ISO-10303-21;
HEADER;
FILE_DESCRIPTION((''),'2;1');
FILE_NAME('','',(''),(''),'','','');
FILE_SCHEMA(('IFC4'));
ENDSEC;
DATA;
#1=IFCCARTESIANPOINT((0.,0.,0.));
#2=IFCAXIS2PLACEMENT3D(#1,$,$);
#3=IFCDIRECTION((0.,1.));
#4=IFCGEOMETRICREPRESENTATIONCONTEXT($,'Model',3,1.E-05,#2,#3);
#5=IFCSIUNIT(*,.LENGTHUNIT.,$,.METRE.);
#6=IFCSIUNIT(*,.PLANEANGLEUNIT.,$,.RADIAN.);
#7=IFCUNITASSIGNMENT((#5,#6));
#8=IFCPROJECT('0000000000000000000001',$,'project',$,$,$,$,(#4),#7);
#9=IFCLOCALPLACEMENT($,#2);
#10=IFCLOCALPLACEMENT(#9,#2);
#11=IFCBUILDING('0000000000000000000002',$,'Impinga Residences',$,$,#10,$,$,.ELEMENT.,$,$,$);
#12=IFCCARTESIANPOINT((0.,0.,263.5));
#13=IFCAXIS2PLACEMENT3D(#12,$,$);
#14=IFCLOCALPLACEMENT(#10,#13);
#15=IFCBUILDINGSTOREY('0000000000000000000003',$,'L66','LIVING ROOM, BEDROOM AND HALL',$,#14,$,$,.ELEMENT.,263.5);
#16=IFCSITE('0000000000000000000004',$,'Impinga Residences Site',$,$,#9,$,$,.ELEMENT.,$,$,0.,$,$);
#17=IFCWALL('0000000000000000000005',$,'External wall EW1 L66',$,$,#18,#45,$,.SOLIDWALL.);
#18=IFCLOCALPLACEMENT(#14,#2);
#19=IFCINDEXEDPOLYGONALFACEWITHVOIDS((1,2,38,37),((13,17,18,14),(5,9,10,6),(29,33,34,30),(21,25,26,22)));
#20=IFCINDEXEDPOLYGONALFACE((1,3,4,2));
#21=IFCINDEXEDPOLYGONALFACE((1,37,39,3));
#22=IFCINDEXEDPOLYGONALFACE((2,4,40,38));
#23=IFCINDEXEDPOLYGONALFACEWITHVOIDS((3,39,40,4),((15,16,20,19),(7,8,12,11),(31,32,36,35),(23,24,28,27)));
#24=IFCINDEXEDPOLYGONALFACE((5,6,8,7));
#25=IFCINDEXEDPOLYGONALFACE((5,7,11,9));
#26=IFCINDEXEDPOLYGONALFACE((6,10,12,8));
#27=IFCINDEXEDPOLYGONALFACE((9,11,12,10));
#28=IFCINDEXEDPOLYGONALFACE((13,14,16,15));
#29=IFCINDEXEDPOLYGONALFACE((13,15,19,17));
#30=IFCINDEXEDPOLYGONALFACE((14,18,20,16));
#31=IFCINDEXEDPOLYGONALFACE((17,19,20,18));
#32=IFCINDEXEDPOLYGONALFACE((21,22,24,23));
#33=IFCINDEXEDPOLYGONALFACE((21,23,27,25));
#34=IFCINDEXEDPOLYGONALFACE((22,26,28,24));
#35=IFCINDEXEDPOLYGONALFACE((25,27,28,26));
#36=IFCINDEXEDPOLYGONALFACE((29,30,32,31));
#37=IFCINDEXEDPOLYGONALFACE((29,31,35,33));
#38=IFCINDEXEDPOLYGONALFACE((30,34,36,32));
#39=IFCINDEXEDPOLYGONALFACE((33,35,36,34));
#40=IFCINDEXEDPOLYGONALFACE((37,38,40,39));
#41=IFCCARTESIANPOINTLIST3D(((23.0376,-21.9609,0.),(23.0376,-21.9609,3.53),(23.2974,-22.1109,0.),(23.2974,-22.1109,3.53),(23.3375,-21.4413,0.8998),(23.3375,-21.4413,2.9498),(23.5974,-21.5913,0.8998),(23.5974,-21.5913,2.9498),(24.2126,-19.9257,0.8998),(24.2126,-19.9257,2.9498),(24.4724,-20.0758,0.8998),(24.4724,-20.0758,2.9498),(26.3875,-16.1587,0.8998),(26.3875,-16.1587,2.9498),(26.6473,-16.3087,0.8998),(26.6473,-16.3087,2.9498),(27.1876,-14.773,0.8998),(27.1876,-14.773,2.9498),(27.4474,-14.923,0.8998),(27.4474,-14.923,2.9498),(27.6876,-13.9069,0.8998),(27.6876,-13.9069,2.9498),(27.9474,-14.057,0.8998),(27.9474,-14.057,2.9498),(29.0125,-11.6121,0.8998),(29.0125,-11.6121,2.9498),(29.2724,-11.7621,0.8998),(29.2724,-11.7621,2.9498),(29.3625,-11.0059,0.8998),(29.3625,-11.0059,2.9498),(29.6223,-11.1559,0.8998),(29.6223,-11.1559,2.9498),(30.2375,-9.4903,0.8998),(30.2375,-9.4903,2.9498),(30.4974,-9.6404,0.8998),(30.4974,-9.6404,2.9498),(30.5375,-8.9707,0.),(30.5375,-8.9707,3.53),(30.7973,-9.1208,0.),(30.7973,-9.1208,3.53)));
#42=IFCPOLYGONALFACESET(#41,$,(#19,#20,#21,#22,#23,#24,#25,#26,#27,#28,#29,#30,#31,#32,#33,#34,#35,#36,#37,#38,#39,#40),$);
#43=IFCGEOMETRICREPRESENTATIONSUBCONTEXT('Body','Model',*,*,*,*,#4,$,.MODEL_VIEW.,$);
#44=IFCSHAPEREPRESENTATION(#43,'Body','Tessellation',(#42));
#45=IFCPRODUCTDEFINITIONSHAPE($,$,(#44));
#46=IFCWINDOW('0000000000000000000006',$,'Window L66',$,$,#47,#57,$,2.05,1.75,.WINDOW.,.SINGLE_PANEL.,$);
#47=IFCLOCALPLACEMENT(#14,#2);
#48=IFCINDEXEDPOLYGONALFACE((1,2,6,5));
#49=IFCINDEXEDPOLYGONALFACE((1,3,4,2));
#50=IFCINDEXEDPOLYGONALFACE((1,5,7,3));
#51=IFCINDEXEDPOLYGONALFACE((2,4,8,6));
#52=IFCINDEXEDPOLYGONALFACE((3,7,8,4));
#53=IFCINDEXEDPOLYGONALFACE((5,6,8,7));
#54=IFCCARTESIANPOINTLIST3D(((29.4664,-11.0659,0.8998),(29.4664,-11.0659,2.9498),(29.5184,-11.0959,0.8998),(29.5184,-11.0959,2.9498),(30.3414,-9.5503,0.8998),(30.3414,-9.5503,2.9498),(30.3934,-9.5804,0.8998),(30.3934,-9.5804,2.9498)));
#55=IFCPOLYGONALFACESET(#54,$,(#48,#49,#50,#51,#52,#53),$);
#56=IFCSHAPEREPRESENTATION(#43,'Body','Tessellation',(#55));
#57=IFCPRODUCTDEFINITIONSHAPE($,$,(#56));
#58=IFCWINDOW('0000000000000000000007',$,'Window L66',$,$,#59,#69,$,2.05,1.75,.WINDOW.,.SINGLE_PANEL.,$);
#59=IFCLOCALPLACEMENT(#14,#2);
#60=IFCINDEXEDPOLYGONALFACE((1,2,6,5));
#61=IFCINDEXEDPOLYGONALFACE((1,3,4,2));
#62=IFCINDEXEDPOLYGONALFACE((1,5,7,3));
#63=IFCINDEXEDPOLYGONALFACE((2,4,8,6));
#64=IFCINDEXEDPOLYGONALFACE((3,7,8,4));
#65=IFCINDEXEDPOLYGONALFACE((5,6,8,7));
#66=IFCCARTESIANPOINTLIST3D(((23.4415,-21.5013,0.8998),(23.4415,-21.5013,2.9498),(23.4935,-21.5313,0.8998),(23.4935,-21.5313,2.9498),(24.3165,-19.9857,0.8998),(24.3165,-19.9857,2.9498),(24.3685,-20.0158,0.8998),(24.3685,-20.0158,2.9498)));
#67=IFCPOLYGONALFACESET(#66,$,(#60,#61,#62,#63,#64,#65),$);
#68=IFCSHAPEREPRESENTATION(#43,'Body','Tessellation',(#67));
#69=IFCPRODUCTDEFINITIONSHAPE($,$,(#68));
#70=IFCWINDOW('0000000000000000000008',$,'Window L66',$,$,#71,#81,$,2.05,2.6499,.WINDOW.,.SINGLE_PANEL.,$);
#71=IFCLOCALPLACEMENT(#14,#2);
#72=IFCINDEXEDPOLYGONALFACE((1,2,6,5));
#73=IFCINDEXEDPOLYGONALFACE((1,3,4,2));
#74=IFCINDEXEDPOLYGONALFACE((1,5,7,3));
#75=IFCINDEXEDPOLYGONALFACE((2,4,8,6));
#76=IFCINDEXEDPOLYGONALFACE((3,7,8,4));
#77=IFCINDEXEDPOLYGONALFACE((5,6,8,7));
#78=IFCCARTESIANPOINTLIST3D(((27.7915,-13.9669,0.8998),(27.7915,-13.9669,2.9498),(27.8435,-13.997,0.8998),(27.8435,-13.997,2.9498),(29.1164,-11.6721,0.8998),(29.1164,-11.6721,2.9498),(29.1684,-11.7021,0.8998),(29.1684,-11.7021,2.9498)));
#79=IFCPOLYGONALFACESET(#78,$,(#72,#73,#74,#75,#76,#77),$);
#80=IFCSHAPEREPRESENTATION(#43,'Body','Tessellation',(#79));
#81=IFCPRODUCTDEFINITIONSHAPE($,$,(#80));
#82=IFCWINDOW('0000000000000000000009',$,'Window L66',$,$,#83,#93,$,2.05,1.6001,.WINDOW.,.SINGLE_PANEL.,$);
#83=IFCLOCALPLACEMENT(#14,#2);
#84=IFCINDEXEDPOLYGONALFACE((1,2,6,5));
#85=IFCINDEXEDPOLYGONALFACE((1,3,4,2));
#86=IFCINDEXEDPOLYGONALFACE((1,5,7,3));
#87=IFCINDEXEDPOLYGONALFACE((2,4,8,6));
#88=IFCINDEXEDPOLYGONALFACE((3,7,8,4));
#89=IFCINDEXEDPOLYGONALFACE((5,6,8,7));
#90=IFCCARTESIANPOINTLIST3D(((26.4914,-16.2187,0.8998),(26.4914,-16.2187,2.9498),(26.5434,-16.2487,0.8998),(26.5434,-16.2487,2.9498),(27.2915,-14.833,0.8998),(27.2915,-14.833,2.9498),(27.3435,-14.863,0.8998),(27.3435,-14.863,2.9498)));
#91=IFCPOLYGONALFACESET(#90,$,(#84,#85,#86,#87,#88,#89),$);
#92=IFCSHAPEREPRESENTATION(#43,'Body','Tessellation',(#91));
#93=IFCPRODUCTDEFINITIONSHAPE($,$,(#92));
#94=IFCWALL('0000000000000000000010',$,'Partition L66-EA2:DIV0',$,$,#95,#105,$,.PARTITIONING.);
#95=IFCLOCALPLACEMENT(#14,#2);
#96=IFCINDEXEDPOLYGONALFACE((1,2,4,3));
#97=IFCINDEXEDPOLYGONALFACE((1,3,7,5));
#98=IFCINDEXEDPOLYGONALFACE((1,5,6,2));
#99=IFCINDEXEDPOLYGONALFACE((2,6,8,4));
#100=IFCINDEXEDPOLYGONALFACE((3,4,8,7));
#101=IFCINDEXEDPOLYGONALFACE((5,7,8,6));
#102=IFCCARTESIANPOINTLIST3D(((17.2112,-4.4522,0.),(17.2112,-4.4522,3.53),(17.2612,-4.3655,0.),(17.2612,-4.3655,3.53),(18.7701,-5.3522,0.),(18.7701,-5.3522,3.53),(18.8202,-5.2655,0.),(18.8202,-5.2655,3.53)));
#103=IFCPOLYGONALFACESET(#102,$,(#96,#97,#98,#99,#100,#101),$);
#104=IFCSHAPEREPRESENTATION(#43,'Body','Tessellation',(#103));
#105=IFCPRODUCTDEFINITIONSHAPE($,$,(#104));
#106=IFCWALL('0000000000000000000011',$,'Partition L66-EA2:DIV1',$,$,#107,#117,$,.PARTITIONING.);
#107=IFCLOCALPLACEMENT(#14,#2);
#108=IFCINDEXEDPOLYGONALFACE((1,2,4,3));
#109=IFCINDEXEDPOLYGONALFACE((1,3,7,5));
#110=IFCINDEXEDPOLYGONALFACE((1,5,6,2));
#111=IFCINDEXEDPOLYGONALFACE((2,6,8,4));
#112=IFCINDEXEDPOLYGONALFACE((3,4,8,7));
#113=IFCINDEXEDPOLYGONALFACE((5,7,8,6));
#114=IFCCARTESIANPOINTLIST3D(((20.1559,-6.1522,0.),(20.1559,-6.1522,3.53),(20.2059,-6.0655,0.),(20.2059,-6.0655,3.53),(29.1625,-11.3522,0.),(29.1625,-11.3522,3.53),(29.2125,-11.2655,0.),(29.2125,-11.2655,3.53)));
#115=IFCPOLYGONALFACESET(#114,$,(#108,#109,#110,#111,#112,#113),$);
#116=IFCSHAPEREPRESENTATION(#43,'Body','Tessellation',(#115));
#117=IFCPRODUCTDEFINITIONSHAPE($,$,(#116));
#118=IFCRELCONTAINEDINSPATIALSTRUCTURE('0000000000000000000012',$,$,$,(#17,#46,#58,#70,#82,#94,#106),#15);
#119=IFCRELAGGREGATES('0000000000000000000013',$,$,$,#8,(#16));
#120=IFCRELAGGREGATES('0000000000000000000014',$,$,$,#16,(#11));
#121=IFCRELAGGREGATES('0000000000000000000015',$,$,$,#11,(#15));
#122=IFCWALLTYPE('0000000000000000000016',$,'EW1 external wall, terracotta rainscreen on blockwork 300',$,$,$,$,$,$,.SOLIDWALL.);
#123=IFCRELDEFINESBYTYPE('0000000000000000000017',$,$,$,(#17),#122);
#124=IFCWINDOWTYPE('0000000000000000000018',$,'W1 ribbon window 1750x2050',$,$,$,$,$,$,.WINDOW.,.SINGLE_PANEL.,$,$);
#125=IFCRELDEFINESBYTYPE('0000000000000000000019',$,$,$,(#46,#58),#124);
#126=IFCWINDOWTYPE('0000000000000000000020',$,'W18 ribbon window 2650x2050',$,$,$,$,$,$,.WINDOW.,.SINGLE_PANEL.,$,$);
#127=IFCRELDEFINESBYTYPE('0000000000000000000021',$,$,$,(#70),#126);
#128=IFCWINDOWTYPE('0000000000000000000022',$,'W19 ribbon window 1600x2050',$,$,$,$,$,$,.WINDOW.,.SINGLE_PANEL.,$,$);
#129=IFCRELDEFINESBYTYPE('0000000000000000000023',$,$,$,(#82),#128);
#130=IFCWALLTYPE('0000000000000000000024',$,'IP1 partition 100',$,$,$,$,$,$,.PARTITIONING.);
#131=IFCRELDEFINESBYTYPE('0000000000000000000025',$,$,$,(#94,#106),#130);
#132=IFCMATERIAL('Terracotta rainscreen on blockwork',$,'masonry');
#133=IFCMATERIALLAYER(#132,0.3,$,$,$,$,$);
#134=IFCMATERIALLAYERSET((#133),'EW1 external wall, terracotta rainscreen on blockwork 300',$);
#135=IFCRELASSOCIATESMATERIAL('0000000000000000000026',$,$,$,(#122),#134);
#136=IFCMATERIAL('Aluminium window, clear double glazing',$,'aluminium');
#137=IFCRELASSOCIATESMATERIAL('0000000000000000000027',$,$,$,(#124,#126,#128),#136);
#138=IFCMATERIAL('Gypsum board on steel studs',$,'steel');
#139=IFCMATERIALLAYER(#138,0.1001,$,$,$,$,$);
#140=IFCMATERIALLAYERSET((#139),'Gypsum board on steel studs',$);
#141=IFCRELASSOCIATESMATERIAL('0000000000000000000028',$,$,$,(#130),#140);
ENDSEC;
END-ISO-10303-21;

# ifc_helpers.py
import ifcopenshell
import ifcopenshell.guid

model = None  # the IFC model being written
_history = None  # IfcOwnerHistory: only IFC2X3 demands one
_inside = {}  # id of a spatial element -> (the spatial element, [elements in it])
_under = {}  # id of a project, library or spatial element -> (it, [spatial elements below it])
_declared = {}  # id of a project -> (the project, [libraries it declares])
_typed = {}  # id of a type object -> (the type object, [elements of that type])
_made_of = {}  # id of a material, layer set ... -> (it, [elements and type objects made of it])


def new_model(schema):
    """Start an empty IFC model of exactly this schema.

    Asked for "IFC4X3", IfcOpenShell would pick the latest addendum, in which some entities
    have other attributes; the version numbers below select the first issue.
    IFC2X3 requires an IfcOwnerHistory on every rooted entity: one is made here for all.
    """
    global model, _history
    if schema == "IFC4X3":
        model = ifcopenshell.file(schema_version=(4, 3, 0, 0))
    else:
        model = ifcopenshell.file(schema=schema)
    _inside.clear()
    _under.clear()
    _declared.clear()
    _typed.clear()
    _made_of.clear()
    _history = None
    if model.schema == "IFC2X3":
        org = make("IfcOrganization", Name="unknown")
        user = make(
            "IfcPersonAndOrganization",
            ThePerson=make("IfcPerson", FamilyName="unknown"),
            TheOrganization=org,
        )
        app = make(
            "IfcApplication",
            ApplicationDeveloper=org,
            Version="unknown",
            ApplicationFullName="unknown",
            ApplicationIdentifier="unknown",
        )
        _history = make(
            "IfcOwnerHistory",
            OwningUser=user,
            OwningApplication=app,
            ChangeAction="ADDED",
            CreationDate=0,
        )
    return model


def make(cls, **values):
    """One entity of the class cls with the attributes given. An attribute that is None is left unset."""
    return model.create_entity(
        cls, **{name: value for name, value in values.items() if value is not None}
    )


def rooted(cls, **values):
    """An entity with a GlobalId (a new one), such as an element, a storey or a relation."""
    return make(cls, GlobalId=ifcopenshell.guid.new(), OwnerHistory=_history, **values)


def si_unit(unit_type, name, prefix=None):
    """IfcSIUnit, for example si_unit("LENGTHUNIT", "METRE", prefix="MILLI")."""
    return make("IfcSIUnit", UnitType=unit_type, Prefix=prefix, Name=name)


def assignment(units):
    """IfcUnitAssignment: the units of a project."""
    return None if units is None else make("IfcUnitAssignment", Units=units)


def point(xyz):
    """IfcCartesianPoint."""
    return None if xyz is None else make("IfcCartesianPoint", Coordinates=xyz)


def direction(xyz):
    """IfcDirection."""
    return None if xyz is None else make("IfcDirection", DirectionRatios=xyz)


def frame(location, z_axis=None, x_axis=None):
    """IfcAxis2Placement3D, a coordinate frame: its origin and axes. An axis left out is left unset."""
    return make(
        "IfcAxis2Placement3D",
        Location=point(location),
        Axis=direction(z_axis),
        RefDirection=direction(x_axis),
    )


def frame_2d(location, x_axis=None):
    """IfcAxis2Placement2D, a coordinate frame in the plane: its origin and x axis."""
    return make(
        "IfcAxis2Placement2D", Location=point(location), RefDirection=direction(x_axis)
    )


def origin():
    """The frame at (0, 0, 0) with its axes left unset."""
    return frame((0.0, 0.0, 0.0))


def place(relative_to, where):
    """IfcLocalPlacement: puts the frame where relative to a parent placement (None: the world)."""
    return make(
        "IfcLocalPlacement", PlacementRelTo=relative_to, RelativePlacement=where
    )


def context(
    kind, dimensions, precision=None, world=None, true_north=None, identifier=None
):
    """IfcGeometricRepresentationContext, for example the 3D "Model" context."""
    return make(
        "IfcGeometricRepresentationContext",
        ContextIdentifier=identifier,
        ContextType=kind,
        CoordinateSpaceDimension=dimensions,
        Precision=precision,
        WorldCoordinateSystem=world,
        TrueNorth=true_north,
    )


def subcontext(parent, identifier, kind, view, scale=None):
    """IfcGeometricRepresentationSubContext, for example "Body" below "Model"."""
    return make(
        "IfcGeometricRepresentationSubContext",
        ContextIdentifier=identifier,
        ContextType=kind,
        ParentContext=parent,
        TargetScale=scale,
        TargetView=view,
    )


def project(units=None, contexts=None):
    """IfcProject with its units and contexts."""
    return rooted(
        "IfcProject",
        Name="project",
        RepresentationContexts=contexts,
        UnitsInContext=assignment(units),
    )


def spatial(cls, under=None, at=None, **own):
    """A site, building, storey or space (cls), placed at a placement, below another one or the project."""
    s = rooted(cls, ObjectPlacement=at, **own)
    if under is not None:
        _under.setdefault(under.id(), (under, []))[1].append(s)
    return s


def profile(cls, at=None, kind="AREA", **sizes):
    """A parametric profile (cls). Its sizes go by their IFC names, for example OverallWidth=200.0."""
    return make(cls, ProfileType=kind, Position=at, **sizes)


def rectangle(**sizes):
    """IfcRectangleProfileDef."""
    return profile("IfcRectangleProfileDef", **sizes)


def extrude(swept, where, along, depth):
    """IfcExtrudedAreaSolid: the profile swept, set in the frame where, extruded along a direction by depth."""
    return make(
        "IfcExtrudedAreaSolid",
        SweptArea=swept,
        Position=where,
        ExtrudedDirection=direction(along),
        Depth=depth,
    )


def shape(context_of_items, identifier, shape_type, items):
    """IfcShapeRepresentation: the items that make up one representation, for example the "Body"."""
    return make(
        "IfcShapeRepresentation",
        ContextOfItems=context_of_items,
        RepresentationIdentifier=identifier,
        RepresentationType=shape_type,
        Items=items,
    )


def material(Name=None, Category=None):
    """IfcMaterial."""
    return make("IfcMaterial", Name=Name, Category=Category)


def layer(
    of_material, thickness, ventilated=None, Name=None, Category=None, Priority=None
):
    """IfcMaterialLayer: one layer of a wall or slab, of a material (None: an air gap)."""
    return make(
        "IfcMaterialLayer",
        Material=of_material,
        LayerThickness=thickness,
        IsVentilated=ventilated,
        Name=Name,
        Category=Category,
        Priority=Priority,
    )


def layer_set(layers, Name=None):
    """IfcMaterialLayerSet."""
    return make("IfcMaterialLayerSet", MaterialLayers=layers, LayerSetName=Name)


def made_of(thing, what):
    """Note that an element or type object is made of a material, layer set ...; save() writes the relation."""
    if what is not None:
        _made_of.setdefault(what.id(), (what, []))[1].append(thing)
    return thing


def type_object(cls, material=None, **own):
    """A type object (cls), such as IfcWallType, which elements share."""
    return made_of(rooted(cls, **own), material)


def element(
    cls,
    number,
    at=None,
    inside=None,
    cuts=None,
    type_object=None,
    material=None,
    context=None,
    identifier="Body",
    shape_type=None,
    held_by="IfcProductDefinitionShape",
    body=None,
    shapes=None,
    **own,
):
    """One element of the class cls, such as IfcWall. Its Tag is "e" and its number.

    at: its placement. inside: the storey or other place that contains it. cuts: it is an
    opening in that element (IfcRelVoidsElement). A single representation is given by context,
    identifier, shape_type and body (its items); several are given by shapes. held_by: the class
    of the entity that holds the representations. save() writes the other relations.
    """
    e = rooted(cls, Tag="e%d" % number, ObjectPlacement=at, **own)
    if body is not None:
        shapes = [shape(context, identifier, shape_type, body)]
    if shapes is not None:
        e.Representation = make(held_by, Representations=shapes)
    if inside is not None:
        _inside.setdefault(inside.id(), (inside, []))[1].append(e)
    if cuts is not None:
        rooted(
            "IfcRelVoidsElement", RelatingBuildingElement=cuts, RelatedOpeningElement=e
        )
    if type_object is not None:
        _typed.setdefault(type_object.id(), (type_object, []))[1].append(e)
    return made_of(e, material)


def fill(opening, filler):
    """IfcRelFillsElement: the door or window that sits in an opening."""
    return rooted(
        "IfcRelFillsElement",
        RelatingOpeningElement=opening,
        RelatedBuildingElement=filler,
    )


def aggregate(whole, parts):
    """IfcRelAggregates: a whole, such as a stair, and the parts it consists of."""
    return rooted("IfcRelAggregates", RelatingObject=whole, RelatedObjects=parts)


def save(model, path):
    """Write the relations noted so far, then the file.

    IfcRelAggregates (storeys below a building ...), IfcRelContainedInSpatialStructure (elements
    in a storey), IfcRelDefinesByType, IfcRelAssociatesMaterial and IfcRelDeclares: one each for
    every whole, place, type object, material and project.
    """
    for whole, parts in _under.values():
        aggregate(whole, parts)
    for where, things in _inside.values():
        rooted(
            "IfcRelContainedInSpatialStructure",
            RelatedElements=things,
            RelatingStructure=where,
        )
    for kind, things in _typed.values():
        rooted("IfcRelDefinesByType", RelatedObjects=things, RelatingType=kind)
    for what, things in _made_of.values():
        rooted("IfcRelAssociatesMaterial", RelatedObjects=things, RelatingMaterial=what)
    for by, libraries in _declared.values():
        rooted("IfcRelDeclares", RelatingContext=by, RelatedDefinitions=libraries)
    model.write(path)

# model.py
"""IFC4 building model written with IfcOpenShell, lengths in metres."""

from ifc_helpers import new_model, si_unit, direction, frame, frame_2d, origin, place, context, subcontext, project, spatial, rectangle, extrude, material, layer, layer_set, type_object, element, fill, save


model = new_model("IFC4")

# Units and contexts
model_context = context("Model", 3, precision=1e-05, world=origin(), true_north=direction((0.0, 1.0)))
body_context = subcontext(model_context, "Body", "Model", "MODEL_VIEW")
ifc_project = project(units=[si_unit("LENGTHUNIT", "METRE"), si_unit("PLANEANGLEUNIT", "RADIAN")], contexts=[model_context])

# Site, building, storey
site_placement = place(None, origin())
site = spatial("IfcSite", under=ifc_project, at=site_placement, Name="Impinga Residences Site", CompositionType="ELEMENT", RefElevation=0.0)
building_placement = place(site_placement, origin())
building = spatial("IfcBuilding", under=site, at=building_placement, Name="Impinga Residences", CompositionType="ELEMENT")
storey_placement = place(building_placement, frame((0.0, 0.0, 263.5)))
storey = spatial("IfcBuildingStorey", under=building, at=storey_placement, Name="L66", Description="LIVING ROOM, BEDROOM AND HALL", CompositionType="ELEMENT", Elevation=263.5)

# Shared definitions
ifc_material_1 = material(Name="Terracotta rainscreen on blockwork", Category="masonry")
ifc_layer_1 = layer(ifc_material_1, 0.3)
ifc_layer_set_1 = layer_set([ifc_layer_1], Name="EW1 external wall, terracotta rainscreen on blockwork 300")
wall_type_1 = type_object("IfcWallType", Name="EW1 external wall, terracotta rainscreen on blockwork 300", PredefinedType="SOLIDWALL", material=ifc_layer_set_1)

# Wall, openings, windows
wall_1_placement = place(storey_placement, frame((30.6675, -9.0457, 0.0), z_axis=(0.0, 0.0, 1.0), x_axis=(-0.500004, -0.866023, 0.0)))
wall_1 = element("IfcWall", 1, at=wall_1_placement, inside=storey, type_object=wall_type_1, Name="External wall EW1 L66", PredefinedType="SOLIDWALL", context=body_context, shape_type="SweptSolid", body=[
    extrude(rectangle(XDim=14.9998, YDim=0.3, at=frame_2d((7.5, 0.0))), origin(), (0.0, 0.0, 1.0), 3.53),
])
opening_1_placement = place(wall_1_placement, frame((0.6001, 0.0, 0.8999)))
opening_1 = element("IfcOpeningElement", 2, at=opening_1_placement, cuts=wall_1, PredefinedType="OPENING", context=body_context, shape_type="SweptSolid", body=[
    extrude(rectangle(XDim=1.75, YDim=2.05, at=frame_2d((0.875, 1.0249))), frame((0.0, 0.1599, 0.0), z_axis=(0.0, -1.0, 0.0), x_axis=(1.0, 0.0, 0.0)), (0.0, 0.0, 1.0), 0.3201),
])
opening_2_placement = place(wall_1_placement, frame((3.05, 0.0, 0.8999)))
opening_2 = element("IfcOpeningElement", 3, at=opening_2_placement, cuts=wall_1, PredefinedType="OPENING", context=body_context, shape_type="SweptSolid", body=[
    extrude(rectangle(XDim=2.6499, YDim=2.05, at=frame_2d((1.325, 1.0249))), frame((0.0, 0.1599, 0.0), z_axis=(0.0, -1.0, 0.0), x_axis=(1.0, 0.0, 0.0)), (0.0, 0.0, 1.0), 0.3201),
])
opening_3_placement = place(wall_1_placement, frame((6.7, 0.0, 0.8999)))
opening_3 = element("IfcOpeningElement", 4, at=opening_3_placement, cuts=wall_1, PredefinedType="OPENING", context=body_context, shape_type="SweptSolid", body=[
    extrude(rectangle(XDim=1.6001, YDim=2.05, at=frame_2d((0.8, 1.0249))), frame((0.0, 0.1599, 0.0), z_axis=(0.0, -1.0, 0.0), x_axis=(1.0, 0.0, 0.0)), (0.0, 0.0, 1.0), 0.3201),
])
opening_4_placement = place(wall_1_placement, frame((12.6499, 0.0, 0.8999)))
opening_4 = element("IfcOpeningElement", 5, at=opening_4_placement, cuts=wall_1, PredefinedType="OPENING", context=body_context, shape_type="SweptSolid", body=[
    extrude(rectangle(XDim=1.75, YDim=2.05, at=frame_2d((0.875, 1.0249))), frame((0.0, 0.1599, 0.0), z_axis=(0.0, -1.0, 0.0), x_axis=(1.0, 0.0, 0.0)), (0.0, 0.0, 1.0), 0.3201),
])
ifc_material_2 = material(Name="Aluminium window, clear double glazing", Category="aluminium")
window_type_1 = type_object("IfcWindowType", Name="W1 ribbon window 1750x2050", PartitioningType="SINGLE_PANEL", PredefinedType="WINDOW", material=ifc_material_2)
window_1_placement = place(opening_1_placement, origin())
window_1 = element("IfcWindow", 6, at=window_1_placement, inside=storey, type_object=window_type_1, Name="Window L66", OverallHeight=2.05, OverallWidth=1.75, PartitioningType="SINGLE_PANEL", PredefinedType="WINDOW", context=body_context, shape_type="SweptSolid", body=[
    extrude(rectangle(XDim=1.75, YDim=2.05, at=frame_2d((0.875, 1.0249))), frame((0.0, 0.03, 0.0), z_axis=(0.0, -1.0, 0.0), x_axis=(1.0, 0.0, 0.0)), (0.0, 0.0, 1.0), 0.0601),
])
fill(opening_1, window_1)
window_2_placement = place(opening_4_placement, origin())
window_2 = element("IfcWindow", 7, at=window_2_placement, inside=storey, type_object=window_type_1, Name="Window L66", OverallHeight=2.05, OverallWidth=1.75, PartitioningType="SINGLE_PANEL", PredefinedType="WINDOW", context=body_context, shape_type="SweptSolid", body=[
    extrude(rectangle(XDim=1.75, YDim=2.05, at=frame_2d((0.875, 1.0249))), frame((0.0, 0.03, 0.0), z_axis=(0.0, -1.0, 0.0), x_axis=(1.0, 0.0, 0.0)), (0.0, 0.0, 1.0), 0.0601),
])
fill(opening_4, window_2)
window_type_2 = type_object("IfcWindowType", Name="W18 ribbon window 2650x2050", PartitioningType="SINGLE_PANEL", PredefinedType="WINDOW", material=ifc_material_2)
window_3_placement = place(opening_2_placement, origin())
window_3 = element("IfcWindow", 8, at=window_3_placement, inside=storey, type_object=window_type_2, Name="Window L66", OverallHeight=2.05, OverallWidth=2.6499, PartitioningType="SINGLE_PANEL", PredefinedType="WINDOW", context=body_context, shape_type="SweptSolid", body=[
    extrude(rectangle(XDim=2.6499, YDim=2.05, at=frame_2d((1.325, 1.0249))), frame((0.0, 0.03, 0.0), z_axis=(0.0, -1.0, 0.0), x_axis=(1.0, 0.0, 0.0)), (0.0, 0.0, 1.0), 0.0601),
])
fill(opening_2, window_3)
window_type_3 = type_object("IfcWindowType", Name="W19 ribbon window 1600x2050", PartitioningType="SINGLE_PANEL", PredefinedType="WINDOW", material=ifc_material_2)
window_4_placement = place(opening_3_placement, origin())
window_4 = element("IfcWindow", 9, at=window_4_placement, inside=storey, type_object=window_type_3, Name="Window L66", OverallHeight=2.05, OverallWidth=1.6001, PartitioningType="SINGLE_PANEL", PredefinedType="WINDOW", context=body_context, shape_type="SweptSolid", body=[
    extrude(rectangle(XDim=1.6001, YDim=2.05, at=frame_2d((0.8, 1.0249))), frame((0.0, 0.03, 0.0), z_axis=(0.0, -1.0, 0.0), x_axis=(1.0, 0.0, 0.0)), (0.0, 0.0, 1.0), 0.0601),
])
fill(opening_3, window_4)

# Walls
ifc_material_3 = material(Name="Gypsum board on steel studs", Category="steel")
ifc_layer_2 = layer(ifc_material_3, 0.1001)
ifc_layer_set_2 = layer_set([ifc_layer_2], Name="Gypsum board on steel studs")
wall_type_2 = type_object("IfcWallType", Name="IP1 partition 100", PredefinedType="PARTITIONING", material=ifc_layer_set_2)
wall_2_placement = place(storey_placement, frame((17.2363, -4.4089, 0.0), z_axis=(0.0, 0.0, 1.0), x_axis=(0.866048, -0.499961, 0.0)))
element("IfcWall", 10, at=wall_2_placement, inside=storey, type_object=wall_type_2, Name="Partition L66-EA2:DIV0", PredefinedType="PARTITIONING", context=body_context, shape_type="SweptSolid", body=[
    extrude(rectangle(XDim=1.8, YDim=0.1001, at=frame_2d((0.8999, 0.0))), origin(), (0.0, 0.0, 1.0), 3.53),
])
wall_3_placement = place(storey_placement, frame((20.1809, -6.1089, 0.0), z_axis=(0.0, 0.0, 1.0), x_axis=(0.866026, -0.499999, 0.0)))
element("IfcWall", 11, at=wall_3_placement, inside=storey, type_object=wall_type_2, Name="Partition L66-EA2:DIV1", PredefinedType="PARTITIONING", context=body_context, shape_type="SweptSolid", body=[
    extrude(rectangle(XDim=10.3999, YDim=0.1001, at=frame_2d((5.2, 0.0))), origin(), (0.0, 0.0, 1.0), 3.53),
])

save(model, "model.ifc")
